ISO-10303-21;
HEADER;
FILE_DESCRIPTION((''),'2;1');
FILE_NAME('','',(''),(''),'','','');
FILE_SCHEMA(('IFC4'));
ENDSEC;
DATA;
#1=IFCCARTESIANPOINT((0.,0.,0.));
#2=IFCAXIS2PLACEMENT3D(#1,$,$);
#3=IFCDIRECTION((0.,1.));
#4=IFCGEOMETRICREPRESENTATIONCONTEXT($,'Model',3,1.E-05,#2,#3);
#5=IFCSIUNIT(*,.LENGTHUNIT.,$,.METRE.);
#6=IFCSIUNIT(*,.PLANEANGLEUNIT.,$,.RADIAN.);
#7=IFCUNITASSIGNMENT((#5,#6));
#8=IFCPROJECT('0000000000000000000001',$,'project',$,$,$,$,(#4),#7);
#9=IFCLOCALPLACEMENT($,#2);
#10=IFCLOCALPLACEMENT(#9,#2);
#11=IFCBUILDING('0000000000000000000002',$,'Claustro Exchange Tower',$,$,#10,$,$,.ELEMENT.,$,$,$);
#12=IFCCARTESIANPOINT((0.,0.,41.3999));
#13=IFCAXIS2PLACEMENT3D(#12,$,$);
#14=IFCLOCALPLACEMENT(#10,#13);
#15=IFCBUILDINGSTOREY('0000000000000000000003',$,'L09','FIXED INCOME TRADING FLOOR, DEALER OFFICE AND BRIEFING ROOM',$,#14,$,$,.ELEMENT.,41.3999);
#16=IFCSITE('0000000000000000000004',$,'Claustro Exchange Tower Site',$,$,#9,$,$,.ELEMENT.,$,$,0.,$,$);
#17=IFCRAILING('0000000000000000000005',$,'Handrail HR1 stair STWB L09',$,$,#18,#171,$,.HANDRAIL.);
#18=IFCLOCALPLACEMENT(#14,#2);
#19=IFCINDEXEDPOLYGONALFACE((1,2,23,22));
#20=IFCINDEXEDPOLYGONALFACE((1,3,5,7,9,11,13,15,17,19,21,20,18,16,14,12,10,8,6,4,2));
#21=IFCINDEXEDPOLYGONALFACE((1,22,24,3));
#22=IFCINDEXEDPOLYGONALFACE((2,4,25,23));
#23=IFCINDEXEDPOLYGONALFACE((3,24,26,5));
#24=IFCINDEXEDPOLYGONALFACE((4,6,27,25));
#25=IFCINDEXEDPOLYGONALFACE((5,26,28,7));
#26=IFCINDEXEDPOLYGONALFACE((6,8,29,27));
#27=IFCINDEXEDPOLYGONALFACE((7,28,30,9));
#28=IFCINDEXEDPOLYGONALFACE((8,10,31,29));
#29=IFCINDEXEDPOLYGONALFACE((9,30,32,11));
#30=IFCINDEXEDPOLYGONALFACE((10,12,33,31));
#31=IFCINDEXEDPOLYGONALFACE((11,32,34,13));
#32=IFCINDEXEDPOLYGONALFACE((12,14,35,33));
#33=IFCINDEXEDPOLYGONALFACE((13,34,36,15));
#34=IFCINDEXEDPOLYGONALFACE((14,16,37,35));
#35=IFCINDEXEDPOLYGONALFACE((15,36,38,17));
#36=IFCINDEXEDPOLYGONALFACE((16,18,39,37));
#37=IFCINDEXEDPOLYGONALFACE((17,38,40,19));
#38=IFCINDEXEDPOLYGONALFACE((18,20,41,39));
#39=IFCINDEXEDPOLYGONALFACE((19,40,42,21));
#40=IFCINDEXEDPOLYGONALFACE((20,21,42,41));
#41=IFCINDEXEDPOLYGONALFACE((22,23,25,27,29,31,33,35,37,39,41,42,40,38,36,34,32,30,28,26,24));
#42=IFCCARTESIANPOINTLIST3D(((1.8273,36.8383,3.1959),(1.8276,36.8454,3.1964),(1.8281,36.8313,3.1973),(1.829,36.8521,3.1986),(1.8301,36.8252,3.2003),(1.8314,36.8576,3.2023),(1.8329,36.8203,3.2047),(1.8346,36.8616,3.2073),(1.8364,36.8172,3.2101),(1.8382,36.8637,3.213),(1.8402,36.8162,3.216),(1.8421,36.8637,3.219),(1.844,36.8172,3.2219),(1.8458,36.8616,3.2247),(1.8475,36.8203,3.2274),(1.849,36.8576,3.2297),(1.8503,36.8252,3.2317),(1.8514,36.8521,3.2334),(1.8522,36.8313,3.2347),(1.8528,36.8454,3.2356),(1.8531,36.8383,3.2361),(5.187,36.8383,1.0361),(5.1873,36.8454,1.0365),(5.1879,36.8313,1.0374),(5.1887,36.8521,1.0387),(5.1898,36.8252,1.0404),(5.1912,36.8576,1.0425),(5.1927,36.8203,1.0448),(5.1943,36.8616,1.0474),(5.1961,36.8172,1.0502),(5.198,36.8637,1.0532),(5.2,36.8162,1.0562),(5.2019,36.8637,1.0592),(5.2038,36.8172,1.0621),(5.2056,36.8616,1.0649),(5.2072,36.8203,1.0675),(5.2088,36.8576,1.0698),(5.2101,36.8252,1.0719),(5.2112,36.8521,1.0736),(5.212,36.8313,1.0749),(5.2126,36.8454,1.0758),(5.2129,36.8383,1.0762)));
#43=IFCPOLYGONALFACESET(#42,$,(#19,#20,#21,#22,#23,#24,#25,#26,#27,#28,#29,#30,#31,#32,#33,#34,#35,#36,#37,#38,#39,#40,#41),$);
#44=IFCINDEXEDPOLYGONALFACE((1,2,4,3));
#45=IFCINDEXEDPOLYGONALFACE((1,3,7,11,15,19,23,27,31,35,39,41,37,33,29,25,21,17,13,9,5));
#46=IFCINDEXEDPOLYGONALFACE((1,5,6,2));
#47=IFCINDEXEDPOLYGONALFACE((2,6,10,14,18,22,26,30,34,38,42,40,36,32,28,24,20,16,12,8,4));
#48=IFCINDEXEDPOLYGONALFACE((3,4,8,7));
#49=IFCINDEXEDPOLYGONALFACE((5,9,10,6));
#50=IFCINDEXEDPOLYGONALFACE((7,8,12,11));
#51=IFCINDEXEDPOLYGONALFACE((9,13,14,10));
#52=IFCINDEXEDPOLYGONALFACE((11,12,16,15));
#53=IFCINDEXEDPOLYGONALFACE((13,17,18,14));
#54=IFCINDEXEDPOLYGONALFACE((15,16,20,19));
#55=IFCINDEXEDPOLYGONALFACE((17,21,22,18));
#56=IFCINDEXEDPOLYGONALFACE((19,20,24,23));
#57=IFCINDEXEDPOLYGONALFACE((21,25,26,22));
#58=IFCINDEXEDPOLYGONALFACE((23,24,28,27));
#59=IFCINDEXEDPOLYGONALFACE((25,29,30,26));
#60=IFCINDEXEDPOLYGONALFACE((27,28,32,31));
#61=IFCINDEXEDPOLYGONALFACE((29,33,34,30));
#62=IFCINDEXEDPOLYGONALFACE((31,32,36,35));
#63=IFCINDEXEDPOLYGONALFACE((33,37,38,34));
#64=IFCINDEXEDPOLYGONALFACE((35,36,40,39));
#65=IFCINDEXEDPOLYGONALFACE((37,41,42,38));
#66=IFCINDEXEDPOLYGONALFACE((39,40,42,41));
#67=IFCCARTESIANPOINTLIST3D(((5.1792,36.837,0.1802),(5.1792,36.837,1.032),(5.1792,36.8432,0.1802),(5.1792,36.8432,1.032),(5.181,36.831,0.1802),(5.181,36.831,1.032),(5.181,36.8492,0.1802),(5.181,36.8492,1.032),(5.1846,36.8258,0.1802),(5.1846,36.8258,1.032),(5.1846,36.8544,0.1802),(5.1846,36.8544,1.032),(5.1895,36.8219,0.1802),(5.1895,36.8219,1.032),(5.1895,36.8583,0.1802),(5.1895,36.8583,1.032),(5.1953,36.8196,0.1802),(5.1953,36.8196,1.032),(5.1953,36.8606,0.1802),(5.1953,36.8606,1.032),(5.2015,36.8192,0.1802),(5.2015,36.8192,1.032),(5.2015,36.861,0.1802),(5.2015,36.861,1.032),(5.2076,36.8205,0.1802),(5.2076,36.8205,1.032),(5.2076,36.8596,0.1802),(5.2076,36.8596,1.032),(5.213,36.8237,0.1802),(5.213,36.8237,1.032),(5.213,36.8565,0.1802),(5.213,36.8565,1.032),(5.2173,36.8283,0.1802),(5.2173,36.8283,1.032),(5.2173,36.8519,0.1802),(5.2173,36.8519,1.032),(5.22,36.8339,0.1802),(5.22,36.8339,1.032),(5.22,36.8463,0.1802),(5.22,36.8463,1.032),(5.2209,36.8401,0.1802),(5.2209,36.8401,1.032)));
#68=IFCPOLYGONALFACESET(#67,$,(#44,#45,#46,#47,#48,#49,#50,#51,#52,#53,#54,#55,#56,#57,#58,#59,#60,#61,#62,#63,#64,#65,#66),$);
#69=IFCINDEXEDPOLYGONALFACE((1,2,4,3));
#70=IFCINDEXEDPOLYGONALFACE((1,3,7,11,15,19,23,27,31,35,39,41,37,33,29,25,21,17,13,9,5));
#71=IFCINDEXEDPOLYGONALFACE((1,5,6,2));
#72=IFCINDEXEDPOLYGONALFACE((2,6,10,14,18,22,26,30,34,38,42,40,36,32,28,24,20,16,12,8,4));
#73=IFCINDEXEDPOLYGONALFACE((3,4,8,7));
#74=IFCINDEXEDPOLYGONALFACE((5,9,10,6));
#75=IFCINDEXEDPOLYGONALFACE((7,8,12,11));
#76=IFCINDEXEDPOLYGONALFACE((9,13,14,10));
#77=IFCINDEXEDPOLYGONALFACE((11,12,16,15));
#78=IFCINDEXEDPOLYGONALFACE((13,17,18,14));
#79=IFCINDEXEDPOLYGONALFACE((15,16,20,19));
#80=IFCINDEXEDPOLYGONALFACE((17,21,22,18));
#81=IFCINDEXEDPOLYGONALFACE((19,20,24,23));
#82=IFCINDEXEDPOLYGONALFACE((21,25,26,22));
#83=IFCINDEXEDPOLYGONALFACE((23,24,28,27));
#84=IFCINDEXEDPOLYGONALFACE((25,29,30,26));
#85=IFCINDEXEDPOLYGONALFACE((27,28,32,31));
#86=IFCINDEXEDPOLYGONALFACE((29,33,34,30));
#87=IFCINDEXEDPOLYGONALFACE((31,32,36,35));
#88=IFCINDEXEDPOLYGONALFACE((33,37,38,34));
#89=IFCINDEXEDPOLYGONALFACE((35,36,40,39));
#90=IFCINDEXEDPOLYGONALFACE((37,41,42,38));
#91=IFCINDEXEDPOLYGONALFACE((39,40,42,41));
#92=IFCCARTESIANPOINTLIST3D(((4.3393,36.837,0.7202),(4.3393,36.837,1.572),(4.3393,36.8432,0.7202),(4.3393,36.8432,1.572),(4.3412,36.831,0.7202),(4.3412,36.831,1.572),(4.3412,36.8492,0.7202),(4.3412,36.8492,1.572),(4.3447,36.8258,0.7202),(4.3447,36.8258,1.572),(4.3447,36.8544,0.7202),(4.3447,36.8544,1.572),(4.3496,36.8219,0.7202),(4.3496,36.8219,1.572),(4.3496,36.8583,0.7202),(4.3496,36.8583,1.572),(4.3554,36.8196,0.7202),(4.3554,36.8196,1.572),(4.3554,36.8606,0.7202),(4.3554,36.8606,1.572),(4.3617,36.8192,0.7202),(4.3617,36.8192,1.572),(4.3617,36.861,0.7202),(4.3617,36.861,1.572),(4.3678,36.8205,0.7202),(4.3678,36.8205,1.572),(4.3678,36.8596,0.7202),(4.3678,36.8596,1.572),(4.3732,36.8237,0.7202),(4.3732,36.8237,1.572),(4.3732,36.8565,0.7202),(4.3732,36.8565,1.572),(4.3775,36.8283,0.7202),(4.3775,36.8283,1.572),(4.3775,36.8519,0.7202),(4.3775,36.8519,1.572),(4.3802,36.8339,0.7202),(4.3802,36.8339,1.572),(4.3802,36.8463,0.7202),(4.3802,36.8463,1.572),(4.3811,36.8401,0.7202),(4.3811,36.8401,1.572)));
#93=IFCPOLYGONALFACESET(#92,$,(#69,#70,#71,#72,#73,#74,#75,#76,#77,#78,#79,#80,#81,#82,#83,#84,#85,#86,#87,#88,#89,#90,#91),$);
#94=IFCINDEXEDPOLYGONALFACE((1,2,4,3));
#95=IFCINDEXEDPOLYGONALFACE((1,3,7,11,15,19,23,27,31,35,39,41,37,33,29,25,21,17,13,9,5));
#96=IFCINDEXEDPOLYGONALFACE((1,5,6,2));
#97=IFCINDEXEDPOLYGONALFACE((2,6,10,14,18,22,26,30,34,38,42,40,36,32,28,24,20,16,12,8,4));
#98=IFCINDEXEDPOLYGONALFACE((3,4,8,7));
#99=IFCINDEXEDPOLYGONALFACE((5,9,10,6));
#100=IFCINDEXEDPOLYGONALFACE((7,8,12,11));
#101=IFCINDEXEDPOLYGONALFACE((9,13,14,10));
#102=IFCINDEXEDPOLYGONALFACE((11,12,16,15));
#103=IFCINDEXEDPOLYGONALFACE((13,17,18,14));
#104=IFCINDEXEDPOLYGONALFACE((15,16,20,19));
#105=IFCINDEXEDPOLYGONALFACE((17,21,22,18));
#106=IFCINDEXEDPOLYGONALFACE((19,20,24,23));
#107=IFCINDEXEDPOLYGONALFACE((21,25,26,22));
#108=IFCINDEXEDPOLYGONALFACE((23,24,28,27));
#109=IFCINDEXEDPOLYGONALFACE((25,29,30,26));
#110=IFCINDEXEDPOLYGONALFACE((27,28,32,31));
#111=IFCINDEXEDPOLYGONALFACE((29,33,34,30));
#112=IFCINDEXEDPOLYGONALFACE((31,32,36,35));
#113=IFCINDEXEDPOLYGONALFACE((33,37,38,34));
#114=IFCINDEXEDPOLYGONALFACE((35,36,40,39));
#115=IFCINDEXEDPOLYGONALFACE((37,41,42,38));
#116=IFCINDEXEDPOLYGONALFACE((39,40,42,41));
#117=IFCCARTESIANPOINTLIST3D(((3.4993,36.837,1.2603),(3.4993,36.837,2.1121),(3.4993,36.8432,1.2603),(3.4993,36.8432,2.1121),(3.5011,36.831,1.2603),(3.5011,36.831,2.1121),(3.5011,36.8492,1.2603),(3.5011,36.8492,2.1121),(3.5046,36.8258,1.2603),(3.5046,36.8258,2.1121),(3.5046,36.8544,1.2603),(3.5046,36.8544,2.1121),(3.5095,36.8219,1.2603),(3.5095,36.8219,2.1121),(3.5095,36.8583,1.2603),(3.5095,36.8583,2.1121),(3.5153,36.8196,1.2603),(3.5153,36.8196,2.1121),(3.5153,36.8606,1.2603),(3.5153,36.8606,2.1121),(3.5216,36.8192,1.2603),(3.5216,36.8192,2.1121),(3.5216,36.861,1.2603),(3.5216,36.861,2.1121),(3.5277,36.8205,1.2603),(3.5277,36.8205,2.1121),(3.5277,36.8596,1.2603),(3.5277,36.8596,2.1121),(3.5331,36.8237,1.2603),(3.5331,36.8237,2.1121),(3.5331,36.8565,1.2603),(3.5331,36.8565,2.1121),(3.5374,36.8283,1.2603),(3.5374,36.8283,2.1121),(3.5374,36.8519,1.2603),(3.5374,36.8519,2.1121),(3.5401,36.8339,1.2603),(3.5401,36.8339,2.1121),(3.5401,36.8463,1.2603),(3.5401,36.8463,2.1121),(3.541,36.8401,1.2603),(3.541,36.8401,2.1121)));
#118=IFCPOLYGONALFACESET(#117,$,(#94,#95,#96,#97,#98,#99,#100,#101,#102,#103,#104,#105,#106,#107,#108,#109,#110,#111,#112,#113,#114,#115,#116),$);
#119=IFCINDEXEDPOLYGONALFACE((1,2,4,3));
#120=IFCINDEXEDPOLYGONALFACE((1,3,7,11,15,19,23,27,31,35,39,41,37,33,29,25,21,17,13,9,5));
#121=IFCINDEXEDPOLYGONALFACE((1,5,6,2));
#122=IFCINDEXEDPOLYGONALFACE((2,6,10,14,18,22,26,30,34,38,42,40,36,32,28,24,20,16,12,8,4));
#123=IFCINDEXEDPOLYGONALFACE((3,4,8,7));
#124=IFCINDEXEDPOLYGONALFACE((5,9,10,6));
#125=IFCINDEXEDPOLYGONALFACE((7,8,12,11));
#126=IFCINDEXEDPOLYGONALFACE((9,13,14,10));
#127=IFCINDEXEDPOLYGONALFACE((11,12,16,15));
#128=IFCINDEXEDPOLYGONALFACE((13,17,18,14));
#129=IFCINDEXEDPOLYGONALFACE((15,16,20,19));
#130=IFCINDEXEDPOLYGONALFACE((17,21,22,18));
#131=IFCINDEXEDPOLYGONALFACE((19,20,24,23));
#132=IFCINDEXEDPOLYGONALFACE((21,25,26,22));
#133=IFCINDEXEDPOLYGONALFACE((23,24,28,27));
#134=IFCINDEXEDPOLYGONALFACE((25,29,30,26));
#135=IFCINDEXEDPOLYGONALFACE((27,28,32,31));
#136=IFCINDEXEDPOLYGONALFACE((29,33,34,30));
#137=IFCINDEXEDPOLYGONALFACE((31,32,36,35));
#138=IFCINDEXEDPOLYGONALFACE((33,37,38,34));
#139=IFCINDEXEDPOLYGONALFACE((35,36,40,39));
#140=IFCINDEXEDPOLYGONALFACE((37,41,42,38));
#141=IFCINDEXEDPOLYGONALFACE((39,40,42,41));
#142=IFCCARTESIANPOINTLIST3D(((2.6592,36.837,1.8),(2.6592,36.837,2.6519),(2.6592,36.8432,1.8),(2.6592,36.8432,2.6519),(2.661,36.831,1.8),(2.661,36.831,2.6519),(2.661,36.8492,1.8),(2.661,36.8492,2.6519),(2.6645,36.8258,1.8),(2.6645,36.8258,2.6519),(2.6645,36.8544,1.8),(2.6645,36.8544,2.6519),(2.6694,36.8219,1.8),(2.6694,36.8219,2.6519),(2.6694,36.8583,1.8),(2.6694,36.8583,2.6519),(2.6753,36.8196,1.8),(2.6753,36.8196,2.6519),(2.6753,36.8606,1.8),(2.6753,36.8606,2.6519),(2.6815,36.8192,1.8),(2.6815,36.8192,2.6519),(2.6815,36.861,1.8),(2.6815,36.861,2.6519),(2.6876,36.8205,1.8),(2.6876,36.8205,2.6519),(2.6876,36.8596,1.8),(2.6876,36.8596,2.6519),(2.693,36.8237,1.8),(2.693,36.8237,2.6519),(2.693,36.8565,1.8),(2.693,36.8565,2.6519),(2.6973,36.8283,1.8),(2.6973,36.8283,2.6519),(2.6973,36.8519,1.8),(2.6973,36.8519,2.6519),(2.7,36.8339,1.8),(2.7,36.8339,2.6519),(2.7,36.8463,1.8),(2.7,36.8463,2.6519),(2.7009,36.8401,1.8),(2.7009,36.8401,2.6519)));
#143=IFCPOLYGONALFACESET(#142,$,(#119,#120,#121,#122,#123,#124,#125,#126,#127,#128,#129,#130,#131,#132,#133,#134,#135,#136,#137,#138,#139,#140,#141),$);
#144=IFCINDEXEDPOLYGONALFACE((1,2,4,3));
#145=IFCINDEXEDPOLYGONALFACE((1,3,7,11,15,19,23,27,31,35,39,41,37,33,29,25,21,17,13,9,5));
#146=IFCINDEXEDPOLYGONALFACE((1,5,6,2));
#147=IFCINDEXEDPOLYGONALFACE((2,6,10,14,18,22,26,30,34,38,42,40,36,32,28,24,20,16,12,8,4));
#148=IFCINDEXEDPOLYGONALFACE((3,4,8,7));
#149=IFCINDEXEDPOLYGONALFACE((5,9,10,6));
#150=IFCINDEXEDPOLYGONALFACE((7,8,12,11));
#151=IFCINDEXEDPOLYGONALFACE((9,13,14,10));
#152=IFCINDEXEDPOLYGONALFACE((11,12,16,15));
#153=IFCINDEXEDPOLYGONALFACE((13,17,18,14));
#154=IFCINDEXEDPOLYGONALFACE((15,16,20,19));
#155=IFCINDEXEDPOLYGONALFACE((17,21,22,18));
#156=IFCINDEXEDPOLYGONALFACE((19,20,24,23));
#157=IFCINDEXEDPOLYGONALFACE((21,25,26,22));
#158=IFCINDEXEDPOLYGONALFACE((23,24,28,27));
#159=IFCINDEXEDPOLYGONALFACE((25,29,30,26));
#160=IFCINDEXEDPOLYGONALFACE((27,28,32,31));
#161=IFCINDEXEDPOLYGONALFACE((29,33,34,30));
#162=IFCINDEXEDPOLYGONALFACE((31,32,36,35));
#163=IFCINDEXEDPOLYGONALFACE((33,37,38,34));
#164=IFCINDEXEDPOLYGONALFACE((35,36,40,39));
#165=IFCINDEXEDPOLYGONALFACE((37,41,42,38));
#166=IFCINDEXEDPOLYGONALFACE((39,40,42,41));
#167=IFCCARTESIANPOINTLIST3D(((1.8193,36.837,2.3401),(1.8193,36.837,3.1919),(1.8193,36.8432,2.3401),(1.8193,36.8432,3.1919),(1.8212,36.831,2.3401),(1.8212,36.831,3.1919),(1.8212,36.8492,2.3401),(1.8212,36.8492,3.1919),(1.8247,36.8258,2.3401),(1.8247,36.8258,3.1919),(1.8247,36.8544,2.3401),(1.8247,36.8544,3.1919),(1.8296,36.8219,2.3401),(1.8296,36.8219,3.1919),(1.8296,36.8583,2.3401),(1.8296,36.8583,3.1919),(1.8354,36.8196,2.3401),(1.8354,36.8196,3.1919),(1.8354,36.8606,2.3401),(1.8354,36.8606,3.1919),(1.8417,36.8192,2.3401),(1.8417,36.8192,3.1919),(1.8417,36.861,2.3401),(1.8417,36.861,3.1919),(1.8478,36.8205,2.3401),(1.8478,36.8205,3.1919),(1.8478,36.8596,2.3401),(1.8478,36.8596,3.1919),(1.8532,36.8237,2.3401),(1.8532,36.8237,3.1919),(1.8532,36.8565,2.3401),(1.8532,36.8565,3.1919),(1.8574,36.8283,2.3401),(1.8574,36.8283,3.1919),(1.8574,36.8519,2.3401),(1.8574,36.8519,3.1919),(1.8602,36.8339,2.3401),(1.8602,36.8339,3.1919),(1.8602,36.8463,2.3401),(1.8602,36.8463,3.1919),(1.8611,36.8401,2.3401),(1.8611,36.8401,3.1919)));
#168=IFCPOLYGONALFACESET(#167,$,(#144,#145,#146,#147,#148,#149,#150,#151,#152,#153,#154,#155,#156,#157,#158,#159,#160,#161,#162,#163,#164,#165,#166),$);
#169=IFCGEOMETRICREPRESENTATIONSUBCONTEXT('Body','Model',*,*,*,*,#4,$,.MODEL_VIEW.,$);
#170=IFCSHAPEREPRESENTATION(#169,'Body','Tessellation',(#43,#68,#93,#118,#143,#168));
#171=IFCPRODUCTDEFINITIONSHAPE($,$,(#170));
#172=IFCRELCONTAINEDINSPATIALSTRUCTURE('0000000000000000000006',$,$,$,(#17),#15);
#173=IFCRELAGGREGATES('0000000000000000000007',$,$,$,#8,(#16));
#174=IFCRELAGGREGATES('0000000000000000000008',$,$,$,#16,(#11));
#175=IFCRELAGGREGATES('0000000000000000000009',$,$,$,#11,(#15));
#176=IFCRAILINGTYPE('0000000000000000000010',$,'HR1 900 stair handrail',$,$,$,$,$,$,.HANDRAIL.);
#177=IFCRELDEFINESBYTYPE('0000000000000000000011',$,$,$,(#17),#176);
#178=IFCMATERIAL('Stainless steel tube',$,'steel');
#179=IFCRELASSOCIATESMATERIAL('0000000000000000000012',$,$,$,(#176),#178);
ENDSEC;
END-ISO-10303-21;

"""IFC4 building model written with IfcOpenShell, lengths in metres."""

from ifc_helpers import new_model, si_unit, direction, frame, origin, origin_2d, place, context, subcontext, project, spatial, circle, extrude, material, type_object, element, save


model = new_model("IFC4")

# Units and contexts
model_context = context("Model", 3, precision=1e-05, world=origin(), true_north=direction((0.0, 1.0)))
body_context = subcontext(model_context, "Body", "Model", "MODEL_VIEW")
ifc_project = project(units=[si_unit("LENGTHUNIT", "METRE"), si_unit("PLANEANGLEUNIT", "RADIAN")], contexts=[model_context])

# Site, building, storey
site_placement = place(None, origin())
site = spatial("IfcSite", under=ifc_project, at=site_placement, Name="Claustro Exchange Tower Site", CompositionType="ELEMENT", RefElevation=0.0)
building_placement = place(site_placement, origin())
building = spatial("IfcBuilding", under=site, at=building_placement, Name="Claustro Exchange Tower", CompositionType="ELEMENT")
storey_placement = place(building_placement, frame((0.0, 0.0, 41.3999)))
storey = spatial("IfcBuildingStorey", under=building, at=storey_placement, Name="L09", Description="FIXED INCOME TRADING FLOOR, DEALER OFFICE AND BRIEFING ROOM", CompositionType="ELEMENT", Elevation=41.3999)

# Railing
ifc_material_1 = material(Name="Stainless steel tube", Category="steel")
railing_type_1 = type_object("IfcRailingType", Name="HR1 900 stair handrail", PredefinedType="HANDRAIL", material=ifc_material_1)
railing_1_placement = place(storey_placement, frame((5.2, 36.8401, 0.1802)))
element("IfcRailing", 1, at=railing_1_placement, inside=storey, type_object=railing_type_1, Name="Handrail HR1 stair STWB L09", PredefinedType="HANDRAIL", context=body_context, shape_type="SweptSolid", body=[
    extrude(circle(Radius=0.0239, at=origin_2d()), frame((0.0, 0.0, 0.876), z_axis=(-0.841178, 0.0, 0.540758), x_axis=(0.0, -1.0, 0.0)), (0.0, 0.0, 1.0), 3.9941),
    extrude(circle(Radius=0.021, at=origin_2d()), origin(), (0.0, 0.0, 1.0), 0.8518),
    extrude(circle(Radius=0.021, at=origin_2d()), frame((-0.8398, 0.0, 0.54)), (0.0, 0.0, 1.0), 0.8518),
    extrude(circle(Radius=0.021, at=origin_2d()), frame((-1.6799, 0.0, 1.0801)), (0.0, 0.0, 1.0), 0.8518),
    extrude(circle(Radius=0.021, at=origin_2d()), frame((-2.52, 0.0, 1.6199)), (0.0, 0.0, 1.0), 0.8518),
    extrude(circle(Radius=0.021, at=origin_2d()), frame((-3.3599, 0.0, 2.1599)), (0.0, 0.0, 1.0), 0.8518),
])

save(model, "model.ifc")
